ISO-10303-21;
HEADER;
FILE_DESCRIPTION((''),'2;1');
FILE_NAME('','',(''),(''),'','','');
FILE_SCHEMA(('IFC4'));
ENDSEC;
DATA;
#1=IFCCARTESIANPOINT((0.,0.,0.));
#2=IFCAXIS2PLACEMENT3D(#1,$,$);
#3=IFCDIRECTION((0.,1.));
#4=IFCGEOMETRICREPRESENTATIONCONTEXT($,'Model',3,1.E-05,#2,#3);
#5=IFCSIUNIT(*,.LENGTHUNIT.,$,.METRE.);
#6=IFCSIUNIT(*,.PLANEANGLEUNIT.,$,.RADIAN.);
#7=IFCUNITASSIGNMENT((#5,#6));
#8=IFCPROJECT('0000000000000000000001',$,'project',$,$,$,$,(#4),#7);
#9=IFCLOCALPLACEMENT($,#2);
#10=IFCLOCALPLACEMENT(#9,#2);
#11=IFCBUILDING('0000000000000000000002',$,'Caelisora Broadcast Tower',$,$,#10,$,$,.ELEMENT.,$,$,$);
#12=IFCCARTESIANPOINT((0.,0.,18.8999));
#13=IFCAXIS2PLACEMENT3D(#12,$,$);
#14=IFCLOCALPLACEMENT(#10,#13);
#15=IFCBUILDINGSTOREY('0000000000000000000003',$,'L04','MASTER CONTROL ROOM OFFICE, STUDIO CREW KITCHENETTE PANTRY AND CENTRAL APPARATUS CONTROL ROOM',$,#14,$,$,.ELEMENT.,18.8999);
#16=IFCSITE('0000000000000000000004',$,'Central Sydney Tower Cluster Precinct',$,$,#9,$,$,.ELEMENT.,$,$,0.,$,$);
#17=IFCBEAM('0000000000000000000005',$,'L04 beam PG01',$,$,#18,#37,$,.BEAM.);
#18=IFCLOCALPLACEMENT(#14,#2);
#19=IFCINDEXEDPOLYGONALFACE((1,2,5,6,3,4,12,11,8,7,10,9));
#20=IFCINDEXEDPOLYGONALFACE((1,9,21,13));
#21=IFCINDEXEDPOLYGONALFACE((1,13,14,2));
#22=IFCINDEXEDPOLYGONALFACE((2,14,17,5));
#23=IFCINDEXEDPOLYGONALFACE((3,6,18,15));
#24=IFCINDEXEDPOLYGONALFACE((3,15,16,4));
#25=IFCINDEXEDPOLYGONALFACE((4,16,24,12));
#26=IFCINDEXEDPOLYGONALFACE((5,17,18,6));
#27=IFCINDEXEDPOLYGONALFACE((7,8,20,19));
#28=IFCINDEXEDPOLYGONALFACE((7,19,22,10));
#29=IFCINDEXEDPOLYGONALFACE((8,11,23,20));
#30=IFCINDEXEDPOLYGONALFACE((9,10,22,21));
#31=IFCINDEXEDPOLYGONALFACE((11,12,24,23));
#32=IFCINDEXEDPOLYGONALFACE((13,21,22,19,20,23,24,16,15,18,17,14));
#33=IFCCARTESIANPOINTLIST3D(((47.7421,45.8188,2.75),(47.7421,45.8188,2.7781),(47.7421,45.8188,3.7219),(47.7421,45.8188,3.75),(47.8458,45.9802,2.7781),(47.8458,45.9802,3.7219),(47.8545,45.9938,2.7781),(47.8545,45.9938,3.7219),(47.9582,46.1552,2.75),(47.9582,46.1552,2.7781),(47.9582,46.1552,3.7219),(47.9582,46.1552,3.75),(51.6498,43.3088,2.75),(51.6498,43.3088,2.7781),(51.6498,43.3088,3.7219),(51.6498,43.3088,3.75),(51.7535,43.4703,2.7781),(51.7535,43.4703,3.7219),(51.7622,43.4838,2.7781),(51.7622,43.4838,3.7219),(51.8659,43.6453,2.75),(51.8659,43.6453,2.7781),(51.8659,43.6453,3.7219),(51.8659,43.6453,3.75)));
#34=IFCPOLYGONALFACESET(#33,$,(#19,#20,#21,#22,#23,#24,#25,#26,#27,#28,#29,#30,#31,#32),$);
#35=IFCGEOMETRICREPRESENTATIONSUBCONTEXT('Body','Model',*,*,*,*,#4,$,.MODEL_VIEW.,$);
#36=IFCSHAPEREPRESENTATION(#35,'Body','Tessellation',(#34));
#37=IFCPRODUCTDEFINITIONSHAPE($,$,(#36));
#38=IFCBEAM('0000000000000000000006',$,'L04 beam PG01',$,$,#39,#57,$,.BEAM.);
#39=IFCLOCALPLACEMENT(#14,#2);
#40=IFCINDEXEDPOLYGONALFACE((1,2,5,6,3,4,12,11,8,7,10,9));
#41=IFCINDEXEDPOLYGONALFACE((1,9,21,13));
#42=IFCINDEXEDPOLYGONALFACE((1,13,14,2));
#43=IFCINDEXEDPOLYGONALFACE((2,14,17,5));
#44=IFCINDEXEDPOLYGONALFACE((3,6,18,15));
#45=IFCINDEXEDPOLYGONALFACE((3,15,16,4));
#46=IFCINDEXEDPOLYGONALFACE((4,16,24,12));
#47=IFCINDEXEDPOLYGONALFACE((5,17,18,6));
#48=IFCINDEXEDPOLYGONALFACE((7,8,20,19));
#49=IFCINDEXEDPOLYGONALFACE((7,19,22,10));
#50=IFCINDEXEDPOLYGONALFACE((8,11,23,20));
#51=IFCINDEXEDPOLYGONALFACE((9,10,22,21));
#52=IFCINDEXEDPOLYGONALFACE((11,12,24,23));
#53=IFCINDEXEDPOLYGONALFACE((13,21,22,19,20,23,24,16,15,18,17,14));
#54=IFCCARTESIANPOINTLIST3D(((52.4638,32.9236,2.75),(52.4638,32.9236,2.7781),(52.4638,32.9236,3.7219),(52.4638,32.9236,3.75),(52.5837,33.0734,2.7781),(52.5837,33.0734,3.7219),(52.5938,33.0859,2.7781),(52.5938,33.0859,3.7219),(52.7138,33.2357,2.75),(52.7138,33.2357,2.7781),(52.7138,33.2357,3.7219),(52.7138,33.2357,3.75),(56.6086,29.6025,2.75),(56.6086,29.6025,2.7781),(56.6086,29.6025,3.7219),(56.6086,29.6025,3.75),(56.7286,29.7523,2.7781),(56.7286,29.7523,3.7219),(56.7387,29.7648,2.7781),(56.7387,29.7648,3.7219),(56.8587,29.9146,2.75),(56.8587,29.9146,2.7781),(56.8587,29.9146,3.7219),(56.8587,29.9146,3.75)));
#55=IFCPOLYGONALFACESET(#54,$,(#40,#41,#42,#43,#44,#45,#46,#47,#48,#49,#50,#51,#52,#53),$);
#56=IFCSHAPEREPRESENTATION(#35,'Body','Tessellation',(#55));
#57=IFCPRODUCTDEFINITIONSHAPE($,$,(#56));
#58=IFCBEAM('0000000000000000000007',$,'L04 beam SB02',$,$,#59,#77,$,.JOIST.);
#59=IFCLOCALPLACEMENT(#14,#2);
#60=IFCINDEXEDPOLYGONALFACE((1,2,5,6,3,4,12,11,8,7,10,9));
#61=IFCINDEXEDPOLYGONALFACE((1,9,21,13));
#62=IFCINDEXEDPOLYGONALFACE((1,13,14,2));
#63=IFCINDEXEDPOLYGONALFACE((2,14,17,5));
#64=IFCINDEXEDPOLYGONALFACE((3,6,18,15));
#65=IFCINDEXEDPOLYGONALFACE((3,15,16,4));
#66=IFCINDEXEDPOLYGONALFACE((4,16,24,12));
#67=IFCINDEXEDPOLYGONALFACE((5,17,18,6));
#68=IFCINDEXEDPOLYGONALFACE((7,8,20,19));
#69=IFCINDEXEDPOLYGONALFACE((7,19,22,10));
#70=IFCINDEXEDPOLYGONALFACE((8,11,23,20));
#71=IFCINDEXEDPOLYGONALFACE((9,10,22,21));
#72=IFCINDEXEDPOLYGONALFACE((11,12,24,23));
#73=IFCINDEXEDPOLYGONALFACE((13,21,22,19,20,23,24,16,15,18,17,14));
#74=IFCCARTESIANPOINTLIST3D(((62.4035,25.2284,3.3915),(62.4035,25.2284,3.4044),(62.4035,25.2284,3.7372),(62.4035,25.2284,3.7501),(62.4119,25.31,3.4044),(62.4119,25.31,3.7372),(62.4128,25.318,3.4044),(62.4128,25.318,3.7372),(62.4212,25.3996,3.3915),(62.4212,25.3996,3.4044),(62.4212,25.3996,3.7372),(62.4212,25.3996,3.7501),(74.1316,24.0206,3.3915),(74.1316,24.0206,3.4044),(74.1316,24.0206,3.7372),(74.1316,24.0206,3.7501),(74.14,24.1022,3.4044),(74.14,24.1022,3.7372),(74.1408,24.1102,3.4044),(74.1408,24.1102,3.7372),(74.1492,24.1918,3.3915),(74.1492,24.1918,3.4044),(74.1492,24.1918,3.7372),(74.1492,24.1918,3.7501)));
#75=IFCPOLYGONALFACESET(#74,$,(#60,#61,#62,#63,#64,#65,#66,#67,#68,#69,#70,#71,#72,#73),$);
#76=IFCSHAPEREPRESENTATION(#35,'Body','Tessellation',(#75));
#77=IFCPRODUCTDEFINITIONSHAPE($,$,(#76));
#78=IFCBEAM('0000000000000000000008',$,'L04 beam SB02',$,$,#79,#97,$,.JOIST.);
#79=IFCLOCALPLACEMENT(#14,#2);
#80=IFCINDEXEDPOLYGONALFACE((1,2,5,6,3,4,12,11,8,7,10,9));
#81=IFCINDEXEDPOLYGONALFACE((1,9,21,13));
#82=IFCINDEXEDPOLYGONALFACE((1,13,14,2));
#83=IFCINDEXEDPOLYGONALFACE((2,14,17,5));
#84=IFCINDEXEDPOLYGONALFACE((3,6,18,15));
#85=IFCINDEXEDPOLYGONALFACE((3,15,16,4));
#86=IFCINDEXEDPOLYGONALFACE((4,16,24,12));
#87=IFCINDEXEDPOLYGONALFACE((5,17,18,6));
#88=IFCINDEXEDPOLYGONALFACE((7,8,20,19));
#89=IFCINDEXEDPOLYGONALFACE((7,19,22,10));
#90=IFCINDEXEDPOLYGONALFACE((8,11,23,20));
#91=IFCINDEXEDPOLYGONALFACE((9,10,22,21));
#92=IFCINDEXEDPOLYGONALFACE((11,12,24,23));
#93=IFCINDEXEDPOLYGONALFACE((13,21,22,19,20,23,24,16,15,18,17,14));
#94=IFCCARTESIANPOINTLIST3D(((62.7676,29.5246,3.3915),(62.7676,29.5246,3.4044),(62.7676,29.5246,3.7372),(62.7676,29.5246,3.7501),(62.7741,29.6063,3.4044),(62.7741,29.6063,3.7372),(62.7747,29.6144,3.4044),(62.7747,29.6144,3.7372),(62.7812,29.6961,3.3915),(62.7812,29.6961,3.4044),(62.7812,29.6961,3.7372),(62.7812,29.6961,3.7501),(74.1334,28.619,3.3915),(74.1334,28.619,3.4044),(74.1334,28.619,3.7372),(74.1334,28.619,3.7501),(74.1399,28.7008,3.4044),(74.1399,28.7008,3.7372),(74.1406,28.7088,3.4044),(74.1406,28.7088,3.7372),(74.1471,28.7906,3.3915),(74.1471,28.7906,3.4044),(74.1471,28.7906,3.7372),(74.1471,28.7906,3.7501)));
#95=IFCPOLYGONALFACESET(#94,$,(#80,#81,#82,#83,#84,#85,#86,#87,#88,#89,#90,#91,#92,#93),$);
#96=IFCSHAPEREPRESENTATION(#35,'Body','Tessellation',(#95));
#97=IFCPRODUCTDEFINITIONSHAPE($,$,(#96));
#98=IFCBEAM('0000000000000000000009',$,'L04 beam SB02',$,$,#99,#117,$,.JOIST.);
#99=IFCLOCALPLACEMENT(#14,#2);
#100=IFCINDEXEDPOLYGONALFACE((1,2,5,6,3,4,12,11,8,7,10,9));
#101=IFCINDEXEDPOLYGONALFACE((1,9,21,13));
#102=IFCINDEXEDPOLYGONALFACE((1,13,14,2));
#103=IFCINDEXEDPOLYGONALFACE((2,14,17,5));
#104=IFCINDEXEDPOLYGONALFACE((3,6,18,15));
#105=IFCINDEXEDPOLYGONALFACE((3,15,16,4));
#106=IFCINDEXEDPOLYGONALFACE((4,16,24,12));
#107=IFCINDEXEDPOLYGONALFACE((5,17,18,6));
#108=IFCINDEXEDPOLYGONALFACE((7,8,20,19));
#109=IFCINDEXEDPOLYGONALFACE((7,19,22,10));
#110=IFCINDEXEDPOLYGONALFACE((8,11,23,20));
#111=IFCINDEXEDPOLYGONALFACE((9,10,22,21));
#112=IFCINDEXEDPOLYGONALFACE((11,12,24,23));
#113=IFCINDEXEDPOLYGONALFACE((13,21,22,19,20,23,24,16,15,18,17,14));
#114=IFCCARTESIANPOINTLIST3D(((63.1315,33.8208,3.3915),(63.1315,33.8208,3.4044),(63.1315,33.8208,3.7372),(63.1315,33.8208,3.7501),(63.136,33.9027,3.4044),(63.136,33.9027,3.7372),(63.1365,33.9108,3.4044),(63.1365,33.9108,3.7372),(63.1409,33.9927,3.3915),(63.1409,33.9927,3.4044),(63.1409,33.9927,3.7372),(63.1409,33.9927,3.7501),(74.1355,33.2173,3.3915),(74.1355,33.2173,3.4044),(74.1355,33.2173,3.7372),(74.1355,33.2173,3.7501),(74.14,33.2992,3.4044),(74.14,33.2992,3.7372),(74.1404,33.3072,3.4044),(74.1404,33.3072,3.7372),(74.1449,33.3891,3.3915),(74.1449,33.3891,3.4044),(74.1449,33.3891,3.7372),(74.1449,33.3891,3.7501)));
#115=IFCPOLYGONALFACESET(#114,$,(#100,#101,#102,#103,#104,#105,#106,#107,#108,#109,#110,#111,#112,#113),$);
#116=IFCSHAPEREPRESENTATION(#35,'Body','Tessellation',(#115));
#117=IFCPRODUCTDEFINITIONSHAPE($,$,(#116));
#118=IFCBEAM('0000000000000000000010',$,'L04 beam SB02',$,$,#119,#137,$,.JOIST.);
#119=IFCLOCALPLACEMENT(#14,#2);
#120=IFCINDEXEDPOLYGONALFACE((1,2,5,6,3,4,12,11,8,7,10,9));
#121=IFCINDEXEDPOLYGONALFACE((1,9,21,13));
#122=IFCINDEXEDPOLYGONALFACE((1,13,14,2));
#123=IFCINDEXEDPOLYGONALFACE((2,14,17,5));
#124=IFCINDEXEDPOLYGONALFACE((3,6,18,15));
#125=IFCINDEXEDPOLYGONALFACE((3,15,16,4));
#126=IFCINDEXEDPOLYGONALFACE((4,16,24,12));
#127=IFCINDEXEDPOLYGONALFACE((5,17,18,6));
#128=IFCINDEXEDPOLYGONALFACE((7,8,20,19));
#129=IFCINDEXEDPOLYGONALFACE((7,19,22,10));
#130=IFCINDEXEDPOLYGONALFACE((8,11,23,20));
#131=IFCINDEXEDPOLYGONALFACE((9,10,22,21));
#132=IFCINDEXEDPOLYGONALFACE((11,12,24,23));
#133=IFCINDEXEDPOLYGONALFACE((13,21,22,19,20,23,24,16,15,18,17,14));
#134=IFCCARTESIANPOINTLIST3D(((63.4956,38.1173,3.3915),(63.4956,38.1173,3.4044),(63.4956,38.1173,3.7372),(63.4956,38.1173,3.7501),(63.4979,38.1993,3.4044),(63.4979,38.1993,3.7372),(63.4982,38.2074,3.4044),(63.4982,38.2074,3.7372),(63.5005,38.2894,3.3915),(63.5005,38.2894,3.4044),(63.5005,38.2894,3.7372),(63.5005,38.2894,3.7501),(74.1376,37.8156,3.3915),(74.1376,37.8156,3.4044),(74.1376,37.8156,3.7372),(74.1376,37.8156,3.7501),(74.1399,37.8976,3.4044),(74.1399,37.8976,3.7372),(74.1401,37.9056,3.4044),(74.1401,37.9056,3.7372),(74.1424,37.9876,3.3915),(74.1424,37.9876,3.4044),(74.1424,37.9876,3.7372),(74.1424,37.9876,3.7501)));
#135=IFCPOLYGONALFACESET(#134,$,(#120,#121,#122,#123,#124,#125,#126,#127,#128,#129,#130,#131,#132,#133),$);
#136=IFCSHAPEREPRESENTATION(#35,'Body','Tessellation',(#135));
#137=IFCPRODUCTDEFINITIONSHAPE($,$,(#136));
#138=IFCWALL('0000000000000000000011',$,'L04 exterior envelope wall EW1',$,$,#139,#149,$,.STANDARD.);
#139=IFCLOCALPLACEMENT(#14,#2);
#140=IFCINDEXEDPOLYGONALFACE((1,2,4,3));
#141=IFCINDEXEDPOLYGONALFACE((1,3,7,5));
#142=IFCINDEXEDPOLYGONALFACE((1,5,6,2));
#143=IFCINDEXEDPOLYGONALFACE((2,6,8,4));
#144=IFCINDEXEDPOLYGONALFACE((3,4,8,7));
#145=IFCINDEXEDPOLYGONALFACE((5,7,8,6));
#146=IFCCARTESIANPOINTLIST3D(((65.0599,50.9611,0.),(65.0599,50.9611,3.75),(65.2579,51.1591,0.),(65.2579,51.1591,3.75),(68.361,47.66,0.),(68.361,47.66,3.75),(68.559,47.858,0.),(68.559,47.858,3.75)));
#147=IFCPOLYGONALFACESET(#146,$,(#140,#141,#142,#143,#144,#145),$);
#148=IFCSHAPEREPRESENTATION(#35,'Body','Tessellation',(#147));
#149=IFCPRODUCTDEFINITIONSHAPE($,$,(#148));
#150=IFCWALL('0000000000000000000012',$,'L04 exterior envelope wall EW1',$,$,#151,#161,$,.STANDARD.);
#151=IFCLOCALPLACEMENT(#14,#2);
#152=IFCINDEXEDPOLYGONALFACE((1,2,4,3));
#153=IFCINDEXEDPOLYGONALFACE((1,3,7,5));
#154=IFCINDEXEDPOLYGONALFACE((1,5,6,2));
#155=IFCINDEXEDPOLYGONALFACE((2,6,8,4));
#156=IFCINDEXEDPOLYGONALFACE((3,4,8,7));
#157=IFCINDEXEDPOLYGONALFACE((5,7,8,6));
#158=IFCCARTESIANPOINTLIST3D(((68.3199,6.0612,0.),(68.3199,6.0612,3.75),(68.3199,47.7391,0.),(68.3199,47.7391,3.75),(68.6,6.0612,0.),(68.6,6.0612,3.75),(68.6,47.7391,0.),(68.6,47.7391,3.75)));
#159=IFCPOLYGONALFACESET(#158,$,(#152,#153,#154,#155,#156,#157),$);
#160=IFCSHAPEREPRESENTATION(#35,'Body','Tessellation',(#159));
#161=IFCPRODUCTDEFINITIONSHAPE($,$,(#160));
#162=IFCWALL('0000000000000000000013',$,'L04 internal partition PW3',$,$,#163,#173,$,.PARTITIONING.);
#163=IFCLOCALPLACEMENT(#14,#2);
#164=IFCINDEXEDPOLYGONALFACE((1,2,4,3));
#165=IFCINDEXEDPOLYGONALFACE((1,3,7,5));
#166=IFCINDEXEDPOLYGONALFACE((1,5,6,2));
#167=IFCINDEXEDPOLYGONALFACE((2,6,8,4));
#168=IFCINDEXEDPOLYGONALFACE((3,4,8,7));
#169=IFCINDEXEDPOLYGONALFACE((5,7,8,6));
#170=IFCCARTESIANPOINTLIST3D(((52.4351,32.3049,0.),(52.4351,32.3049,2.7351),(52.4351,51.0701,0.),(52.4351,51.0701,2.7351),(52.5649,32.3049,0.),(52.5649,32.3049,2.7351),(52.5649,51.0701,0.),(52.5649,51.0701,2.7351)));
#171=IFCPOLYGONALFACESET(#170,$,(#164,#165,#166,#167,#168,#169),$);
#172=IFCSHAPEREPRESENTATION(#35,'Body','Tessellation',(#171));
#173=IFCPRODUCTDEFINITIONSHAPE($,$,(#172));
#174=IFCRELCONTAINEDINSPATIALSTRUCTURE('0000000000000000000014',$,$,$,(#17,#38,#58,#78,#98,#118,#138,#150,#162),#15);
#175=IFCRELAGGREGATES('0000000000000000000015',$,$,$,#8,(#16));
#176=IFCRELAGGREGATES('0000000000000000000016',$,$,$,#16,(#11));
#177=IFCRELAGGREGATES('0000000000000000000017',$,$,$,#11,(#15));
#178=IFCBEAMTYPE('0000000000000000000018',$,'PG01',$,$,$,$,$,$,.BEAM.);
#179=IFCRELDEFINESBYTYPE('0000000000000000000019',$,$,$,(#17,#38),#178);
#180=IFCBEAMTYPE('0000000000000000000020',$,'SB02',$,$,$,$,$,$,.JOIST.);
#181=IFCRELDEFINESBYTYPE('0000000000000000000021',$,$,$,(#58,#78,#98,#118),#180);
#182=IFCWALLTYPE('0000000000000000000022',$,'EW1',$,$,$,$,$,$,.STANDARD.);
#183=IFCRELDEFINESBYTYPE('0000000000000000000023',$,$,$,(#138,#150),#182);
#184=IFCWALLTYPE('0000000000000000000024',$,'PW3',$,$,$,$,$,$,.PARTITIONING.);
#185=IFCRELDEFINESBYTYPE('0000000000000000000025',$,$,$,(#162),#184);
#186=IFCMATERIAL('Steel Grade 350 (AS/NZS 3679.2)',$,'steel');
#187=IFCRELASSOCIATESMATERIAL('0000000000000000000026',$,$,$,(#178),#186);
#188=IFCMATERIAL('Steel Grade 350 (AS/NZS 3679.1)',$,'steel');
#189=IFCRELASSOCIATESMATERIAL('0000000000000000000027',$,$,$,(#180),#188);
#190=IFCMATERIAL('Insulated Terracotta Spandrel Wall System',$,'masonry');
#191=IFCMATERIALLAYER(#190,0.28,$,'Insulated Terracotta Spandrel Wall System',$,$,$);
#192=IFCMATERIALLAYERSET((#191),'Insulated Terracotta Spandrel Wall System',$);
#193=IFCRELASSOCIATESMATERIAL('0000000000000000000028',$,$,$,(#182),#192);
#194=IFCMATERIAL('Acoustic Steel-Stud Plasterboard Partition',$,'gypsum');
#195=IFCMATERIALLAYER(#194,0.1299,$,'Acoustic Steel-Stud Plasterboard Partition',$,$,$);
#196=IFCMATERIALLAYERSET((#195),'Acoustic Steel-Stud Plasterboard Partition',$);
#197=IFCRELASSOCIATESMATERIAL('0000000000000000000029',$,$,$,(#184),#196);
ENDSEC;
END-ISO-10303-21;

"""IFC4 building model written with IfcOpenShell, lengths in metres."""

from ifc_helpers import new_model, si_unit, direction, frame, frame_2d, origin, origin_2d, place, context, subcontext, project, spatial, rectangle, i_section, extrude, source, transform, mapped, material, layer, layer_set, material_profile, profile_set, type_object, type_shapes, element, save


model = new_model("IFC4")

# Units and contexts
model_context = context("Model", 3, precision=1e-05, world=origin(), true_north=direction((0.0, 1.0)))
body_context = subcontext(model_context, "Body", "Model", "MODEL_VIEW")
ifc_project = project(units=[si_unit("LENGTHUNIT", "METRE"), si_unit("PLANEANGLEUNIT", "RADIAN")], contexts=[model_context])

# Site, building, storey
site_placement = place(None, origin())
site = spatial("IfcSite", under=ifc_project, at=site_placement, Name="Central Sydney Tower Cluster Precinct", CompositionType="ELEMENT", RefElevation=0.0)
building_placement = place(site_placement, origin())
building = spatial("IfcBuilding", under=site, at=building_placement, Name="Caelisora Broadcast Tower", CompositionType="ELEMENT")
storey_placement = place(building_placement, frame((0.0, 0.0, 18.8999)))
storey = spatial("IfcBuildingStorey", under=building, at=storey_placement, Name="L04", Description="MASTER CONTROL ROOM OFFICE, STUDIO CREW KITCHENETTE PANTRY AND CENTRAL APPARATUS CONTROL ROOM", CompositionType="ELEMENT", Elevation=18.8999)

# Beams
ifc_material_1 = material(Name="Steel Grade 350 (AS/NZS 3679.2)", Category="steel")
ifc_material_profile_1 = material_profile(ifc_material_1, i_section(OverallWidth=0.3999, OverallDepth=1.0, WebThickness=0.0161, FlangeThickness=0.0281, at=origin_2d()), Name="Steel Grade 350 (AS/NZS 3679.2)")
ifc_profile_set_1 = profile_set([ifc_material_profile_1], Name="Steel Grade 350 (AS/NZS 3679.2)")
beam_type_1 = type_object("IfcBeamType", Name="PG01", PredefinedType="BEAM", material=ifc_profile_set_1)
ifc_material_2 = material(Name="Steel Grade 350 (AS/NZS 3679.1)", Category="steel")
shared_shape_1 = source(origin(), body_context, "Body", "SweptSolid", [
    extrude(i_section(OverallWidth=0.3999, OverallDepth=1.0, WebThickness=0.0161, FlangeThickness=0.0281, at=origin_2d()), origin(), (0.0, 0.0, 1.0), 4.6443),
])
beam_1_placement = place(storey_placement, frame((51.7578, 43.4771, 3.25), z_axis=(-0.841383, 0.540439, 0.0), x_axis=(-0.540439, -0.841383, 0.0)))
element("IfcBeam", 1, at=beam_1_placement, inside=storey, type_object=beam_type_1, Name="L04 beam PG01", PredefinedType="BEAM", context=body_context, shape_type="MappedRepresentation", body=[
    mapped(shared_shape_1, transform((0.0, 0.0, 0.0), scale=1.0)),
])
shared_shape_2 = source(origin(), body_context, "Body", "SweptSolid", [
    extrude(i_section(OverallWidth=0.3999, OverallDepth=1.0, WebThickness=0.0161, FlangeThickness=0.0281, at=origin_2d()), origin(), (0.0, 0.0, 1.0), 5.3113),
])
beam_2_placement = place(storey_placement, frame((56.7336, 29.7585, 3.25), z_axis=(-0.780389, 0.625295, 0.0), x_axis=(-0.625295, -0.780389, 0.0)))
element("IfcBeam", 2, at=beam_2_placement, inside=storey, type_object=beam_type_1, Name="L04 beam PG01", PredefinedType="BEAM", context=body_context, shape_type="MappedRepresentation", body=[
    mapped(shared_shape_2, transform((0.0, 0.0, 0.0), scale=1.0)),
])
ifc_material_profile_2 = material_profile(ifc_material_2, i_section(OverallWidth=0.1721, OverallDepth=0.3586, WebThickness=0.0081, FlangeThickness=0.0129, at=origin_2d()), Name="Steel Grade 350 (AS/NZS 3679.1)")
ifc_profile_set_2 = profile_set([ifc_material_profile_2], Name="Steel Grade 350 (AS/NZS 3679.1)")
beam_type_2 = type_object("IfcBeamType", Name="SB02", PredefinedType="JOIST", material=ifc_profile_set_2)
shared_shape_3 = source(origin(), body_context, "Body", "SweptSolid", [
    extrude(i_section(OverallWidth=0.1721, OverallDepth=0.3586, WebThickness=0.0081, FlangeThickness=0.0129, at=origin_2d()), origin(), (0.0, 0.0, 1.0), 11.79),
])
beam_3_placement = place(storey_placement, frame((62.4124, 25.314, 3.5708), z_axis=(0.994739, -0.102439, 0.0), x_axis=(0.102439, 0.994739, 0.0)))
element("IfcBeam", 3, at=beam_3_placement, inside=storey, type_object=beam_type_2, Name="L04 beam SB02", PredefinedType="JOIST", context=body_context, shape_type="MappedRepresentation", body=[
    mapped(shared_shape_3, transform((0.0, 0.0, 0.0), scale=1.0)),
])
shared_shape_4 = source(origin(), body_context, "Body", "SweptSolid", [
    extrude(i_section(OverallWidth=0.1721, OverallDepth=0.3586, WebThickness=0.0081, FlangeThickness=0.0129, at=origin_2d()), origin(), (0.0, 0.0, 1.0), 11.4019),
])
beam_4_placement = place(storey_placement, frame((62.7744, 29.6104, 3.5708), z_axis=(0.996841, -0.079419, 0.0), x_axis=(0.079419, 0.996841, 0.0)))
element("IfcBeam", 4, at=beam_4_placement, inside=storey, type_object=beam_type_2, Name="L04 beam SB02", PredefinedType="JOIST", context=body_context, shape_type="MappedRepresentation", body=[
    mapped(shared_shape_4, transform((0.0, 0.0, 0.0), scale=1.0)),
])
shared_shape_5 = source(origin(), body_context, "Body", "SweptSolid", [
    extrude(i_section(OverallWidth=0.1721, OverallDepth=0.3586, WebThickness=0.0081, FlangeThickness=0.0129, at=origin_2d()), origin(), (0.0, 0.0, 1.0), 11.0205),
])
beam_5_placement = place(storey_placement, frame((63.1362, 33.9067, 3.5708), z_axis=(0.998499, -0.054763, 0.0), x_axis=(0.054763, 0.998499, 0.0)))
element("IfcBeam", 5, at=beam_5_placement, inside=storey, type_object=beam_type_2, Name="L04 beam SB02", PredefinedType="JOIST", context=body_context, shape_type="MappedRepresentation", body=[
    mapped(shared_shape_5, transform((0.0, 0.0, 0.0), scale=1.0)),
])
shared_shape_6 = source(origin(), body_context, "Body", "SweptSolid", [
    extrude(i_section(OverallWidth=0.1721, OverallDepth=0.3586, WebThickness=0.0081, FlangeThickness=0.0129, at=origin_2d()), origin(), (0.0, 0.0, 1.0), 10.6462),
])
type_shapes(beam_type_2, [shared_shape_3, shared_shape_4, shared_shape_5, shared_shape_6])
beam_6_placement = place(storey_placement, frame((63.498, 38.2034, 3.5708), z_axis=(0.999598, -0.028344, 0.0), x_axis=(0.028344, 0.999598, 0.0)))
element("IfcBeam", 6, at=beam_6_placement, inside=storey, type_object=beam_type_2, Name="L04 beam SB02", PredefinedType="JOIST", context=body_context, shape_type="MappedRepresentation", body=[
    mapped(shared_shape_6, transform((0.0, 0.0, 0.0), scale=1.0)),
])

# Walls
ifc_material_3 = material(Name="Insulated Terracotta Spandrel Wall System", Category="masonry")
ifc_layer_1 = layer(ifc_material_3, 0.28, Name="Insulated Terracotta Spandrel Wall System")
ifc_layer_set_1 = layer_set([ifc_layer_1], Name="Insulated Terracotta Spandrel Wall System")
wall_type_1 = type_object("IfcWallType", Name="EW1", PredefinedType="STANDARD", material=ifc_layer_set_1)
wall_1_placement = place(storey_placement, frame((65.1589, 51.0601, 0.0), z_axis=(0.0, 0.0, 1.0), x_axis=(0.707107, -0.707107, 0.0)))
element("IfcWall", 7, at=wall_1_placement, inside=storey, type_object=wall_type_1, Name="L04 exterior envelope wall EW1", PredefinedType="STANDARD", context=body_context, shape_type="SweptSolid", body=[
    extrude(rectangle(XDim=4.6685, YDim=0.28, at=frame_2d((2.3342, 0.0))), origin(), (0.0, 0.0, 1.0), 3.75),
])
wall_2_placement = place(storey_placement, frame((68.46, 47.739, 0.0), z_axis=(0.0, 0.0, 1.0), x_axis=(0.0, -1.0, 0.0)))
element("IfcWall", 8, at=wall_2_placement, inside=storey, type_object=wall_type_1, Name="L04 exterior envelope wall EW1", PredefinedType="STANDARD", context=body_context, shape_type="SweptSolid", body=[
    extrude(rectangle(XDim=41.678, YDim=0.28, at=frame_2d((20.8389, 0.0))), origin(), (0.0, 0.0, 1.0), 3.75),
])
ifc_material_4 = material(Name="Acoustic Steel-Stud Plasterboard Partition", Category="gypsum")
ifc_layer_2 = layer(ifc_material_4, 0.1299, Name="Acoustic Steel-Stud Plasterboard Partition")
ifc_layer_set_2 = layer_set([ifc_layer_2], Name="Acoustic Steel-Stud Plasterboard Partition")
wall_type_2 = type_object("IfcWallType", Name="PW3", PredefinedType="PARTITIONING", material=ifc_layer_set_2)
wall_3_placement = place(storey_placement, frame((52.5, 32.3049, 0.0), z_axis=(0.0, 0.0, 1.0), x_axis=(0.0, 1.0, 0.0)))
element("IfcWall", 9, at=wall_3_placement, inside=storey, type_object=wall_type_2, Name="L04 internal partition PW3", PredefinedType="PARTITIONING", context=body_context, shape_type="SweptSolid", body=[
    extrude(rectangle(XDim=18.7651, YDim=0.1299, at=frame_2d((9.3826, 0.0))), origin(), (0.0, 0.0, 1.0), 2.7351),
])

save(model, "model.ifc")
